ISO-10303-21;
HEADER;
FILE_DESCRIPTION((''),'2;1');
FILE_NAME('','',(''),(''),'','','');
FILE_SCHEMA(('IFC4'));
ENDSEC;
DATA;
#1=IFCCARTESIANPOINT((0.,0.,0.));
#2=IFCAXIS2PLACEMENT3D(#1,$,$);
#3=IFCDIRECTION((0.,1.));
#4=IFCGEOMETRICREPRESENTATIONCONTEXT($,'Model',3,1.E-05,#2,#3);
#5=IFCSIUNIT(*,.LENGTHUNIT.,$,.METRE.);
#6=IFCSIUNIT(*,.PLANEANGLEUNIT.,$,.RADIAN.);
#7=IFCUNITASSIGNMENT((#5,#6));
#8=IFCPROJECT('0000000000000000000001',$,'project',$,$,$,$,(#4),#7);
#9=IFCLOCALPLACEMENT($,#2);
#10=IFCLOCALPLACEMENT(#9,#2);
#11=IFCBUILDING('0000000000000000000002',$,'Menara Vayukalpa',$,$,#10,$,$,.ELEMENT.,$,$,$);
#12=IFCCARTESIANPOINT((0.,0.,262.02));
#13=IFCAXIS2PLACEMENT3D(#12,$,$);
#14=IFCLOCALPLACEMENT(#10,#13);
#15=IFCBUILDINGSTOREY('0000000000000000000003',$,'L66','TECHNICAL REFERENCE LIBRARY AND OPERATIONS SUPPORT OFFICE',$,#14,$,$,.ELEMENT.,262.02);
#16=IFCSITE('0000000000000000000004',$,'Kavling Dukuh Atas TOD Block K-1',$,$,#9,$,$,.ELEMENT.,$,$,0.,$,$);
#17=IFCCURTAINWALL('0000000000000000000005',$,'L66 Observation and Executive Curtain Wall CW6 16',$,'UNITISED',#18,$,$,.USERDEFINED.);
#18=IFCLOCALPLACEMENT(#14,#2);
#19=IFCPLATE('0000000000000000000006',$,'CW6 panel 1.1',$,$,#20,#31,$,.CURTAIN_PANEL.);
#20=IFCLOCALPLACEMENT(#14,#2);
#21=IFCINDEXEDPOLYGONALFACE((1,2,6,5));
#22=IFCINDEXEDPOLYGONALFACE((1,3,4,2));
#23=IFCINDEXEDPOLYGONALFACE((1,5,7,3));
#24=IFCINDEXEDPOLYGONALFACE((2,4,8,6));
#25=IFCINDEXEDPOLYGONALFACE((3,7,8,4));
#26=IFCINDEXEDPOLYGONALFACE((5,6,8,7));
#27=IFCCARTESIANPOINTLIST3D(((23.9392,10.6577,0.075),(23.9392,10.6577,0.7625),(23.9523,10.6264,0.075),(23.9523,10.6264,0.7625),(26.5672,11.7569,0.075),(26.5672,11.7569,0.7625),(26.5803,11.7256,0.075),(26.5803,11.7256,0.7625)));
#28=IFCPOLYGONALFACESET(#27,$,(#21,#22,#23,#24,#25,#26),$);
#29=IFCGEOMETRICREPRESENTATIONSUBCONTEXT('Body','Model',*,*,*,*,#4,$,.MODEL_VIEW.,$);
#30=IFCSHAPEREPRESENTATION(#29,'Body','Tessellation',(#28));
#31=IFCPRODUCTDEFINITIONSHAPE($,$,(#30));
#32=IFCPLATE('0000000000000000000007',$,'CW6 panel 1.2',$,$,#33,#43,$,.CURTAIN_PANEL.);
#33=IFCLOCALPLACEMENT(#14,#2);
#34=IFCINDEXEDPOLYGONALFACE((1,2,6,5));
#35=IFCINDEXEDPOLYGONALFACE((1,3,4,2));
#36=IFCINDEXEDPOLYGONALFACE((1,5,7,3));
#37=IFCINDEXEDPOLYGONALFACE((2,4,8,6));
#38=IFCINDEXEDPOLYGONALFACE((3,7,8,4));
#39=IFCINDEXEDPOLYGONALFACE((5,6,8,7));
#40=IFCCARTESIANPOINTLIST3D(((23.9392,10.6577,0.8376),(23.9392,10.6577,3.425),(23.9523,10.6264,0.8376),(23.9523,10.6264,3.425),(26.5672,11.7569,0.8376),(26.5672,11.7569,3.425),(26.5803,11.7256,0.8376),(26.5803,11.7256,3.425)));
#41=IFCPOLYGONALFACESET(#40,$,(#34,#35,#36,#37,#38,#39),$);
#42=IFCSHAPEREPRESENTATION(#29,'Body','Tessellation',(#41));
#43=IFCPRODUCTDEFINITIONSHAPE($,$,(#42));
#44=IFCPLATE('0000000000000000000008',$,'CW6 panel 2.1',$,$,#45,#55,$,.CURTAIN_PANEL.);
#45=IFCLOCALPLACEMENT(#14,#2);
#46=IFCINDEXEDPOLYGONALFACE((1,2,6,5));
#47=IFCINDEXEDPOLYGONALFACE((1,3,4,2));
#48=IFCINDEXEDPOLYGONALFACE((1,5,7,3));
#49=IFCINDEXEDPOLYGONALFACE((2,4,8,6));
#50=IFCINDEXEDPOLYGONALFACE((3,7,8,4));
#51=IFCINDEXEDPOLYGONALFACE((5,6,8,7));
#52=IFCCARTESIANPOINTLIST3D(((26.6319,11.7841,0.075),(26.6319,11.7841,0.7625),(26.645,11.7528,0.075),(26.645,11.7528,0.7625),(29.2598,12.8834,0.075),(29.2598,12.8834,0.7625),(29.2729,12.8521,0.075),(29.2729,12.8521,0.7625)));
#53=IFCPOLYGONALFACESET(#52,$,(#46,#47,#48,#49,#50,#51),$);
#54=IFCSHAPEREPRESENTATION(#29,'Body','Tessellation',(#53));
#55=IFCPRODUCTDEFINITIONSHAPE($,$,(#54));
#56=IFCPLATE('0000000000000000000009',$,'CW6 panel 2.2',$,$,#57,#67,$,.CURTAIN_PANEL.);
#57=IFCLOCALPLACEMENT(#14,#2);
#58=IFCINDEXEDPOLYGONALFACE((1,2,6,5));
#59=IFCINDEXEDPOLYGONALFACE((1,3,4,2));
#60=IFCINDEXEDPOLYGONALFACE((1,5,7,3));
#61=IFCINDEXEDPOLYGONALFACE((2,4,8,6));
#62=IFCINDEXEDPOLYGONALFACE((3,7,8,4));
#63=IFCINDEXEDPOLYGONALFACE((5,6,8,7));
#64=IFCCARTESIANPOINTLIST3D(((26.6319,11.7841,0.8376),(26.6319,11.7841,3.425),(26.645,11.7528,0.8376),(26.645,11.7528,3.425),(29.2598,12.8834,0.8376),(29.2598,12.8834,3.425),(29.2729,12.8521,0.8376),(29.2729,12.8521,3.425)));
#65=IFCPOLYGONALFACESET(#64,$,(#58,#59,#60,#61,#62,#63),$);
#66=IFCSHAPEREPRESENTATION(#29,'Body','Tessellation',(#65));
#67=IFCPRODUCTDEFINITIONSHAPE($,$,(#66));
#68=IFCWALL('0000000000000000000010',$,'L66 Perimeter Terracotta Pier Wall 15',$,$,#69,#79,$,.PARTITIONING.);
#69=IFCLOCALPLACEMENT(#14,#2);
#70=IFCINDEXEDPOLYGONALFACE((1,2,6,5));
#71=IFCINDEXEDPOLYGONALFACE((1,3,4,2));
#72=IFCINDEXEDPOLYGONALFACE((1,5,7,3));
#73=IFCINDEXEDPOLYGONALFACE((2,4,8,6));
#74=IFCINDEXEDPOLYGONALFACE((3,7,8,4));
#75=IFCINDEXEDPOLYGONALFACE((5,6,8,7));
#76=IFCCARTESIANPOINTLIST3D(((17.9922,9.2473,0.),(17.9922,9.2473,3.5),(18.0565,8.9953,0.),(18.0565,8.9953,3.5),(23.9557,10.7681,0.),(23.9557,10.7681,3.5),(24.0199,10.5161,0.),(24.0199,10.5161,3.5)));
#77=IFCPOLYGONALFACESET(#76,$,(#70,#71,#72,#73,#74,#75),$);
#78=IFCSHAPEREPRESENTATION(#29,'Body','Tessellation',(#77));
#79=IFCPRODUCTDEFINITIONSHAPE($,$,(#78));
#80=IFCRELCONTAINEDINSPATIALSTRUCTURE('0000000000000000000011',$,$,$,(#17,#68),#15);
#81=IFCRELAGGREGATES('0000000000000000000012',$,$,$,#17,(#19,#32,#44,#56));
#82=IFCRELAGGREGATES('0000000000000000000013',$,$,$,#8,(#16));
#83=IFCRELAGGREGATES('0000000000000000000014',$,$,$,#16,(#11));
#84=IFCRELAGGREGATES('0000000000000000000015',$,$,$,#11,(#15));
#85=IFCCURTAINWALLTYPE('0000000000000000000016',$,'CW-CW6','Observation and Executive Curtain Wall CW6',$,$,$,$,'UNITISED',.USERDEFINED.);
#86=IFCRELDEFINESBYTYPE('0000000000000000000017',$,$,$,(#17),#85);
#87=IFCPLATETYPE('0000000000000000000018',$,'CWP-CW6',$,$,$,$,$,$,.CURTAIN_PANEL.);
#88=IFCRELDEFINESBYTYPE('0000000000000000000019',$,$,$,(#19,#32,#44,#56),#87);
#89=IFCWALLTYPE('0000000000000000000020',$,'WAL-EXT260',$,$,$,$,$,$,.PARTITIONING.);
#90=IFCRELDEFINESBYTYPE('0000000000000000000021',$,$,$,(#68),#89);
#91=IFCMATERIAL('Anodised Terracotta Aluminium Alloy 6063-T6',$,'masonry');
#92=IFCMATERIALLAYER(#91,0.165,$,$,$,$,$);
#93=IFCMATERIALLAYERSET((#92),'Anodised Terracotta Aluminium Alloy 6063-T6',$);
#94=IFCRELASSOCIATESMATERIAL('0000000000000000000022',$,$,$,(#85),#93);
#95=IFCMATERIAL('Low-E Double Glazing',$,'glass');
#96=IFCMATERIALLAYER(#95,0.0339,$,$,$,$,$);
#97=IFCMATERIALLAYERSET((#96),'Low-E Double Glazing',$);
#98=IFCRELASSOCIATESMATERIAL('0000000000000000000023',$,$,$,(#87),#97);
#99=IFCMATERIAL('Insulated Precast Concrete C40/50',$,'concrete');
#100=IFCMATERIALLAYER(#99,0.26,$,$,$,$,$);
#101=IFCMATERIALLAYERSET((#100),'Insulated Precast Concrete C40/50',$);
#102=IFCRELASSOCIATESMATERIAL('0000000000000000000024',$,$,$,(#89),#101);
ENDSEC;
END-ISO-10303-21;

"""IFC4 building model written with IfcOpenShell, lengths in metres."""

from ifc_helpers import new_model, si_unit, direction, frame, frame_2d, origin, origin_2d, place, context, subcontext, project, spatial, rectangle, extrude, material, layer, layer_set, type_object, element, aggregate, save


model = new_model("IFC4")

# Units and contexts
model_context = context("Model", 3, precision=1e-05, world=origin(), true_north=direction((0.0, 1.0)))
body_context = subcontext(model_context, "Body", "Model", "MODEL_VIEW")
ifc_project = project(units=[si_unit("LENGTHUNIT", "METRE"), si_unit("PLANEANGLEUNIT", "RADIAN")], contexts=[model_context])

# Site, building, storey
site_placement = place(None, origin())
site = spatial("IfcSite", under=ifc_project, at=site_placement, Name="Kavling Dukuh Atas TOD Block K-1", CompositionType="ELEMENT", RefElevation=0.0)
building_placement = place(site_placement, origin())
building = spatial("IfcBuilding", under=site, at=building_placement, Name="Menara Vayukalpa", CompositionType="ELEMENT")
storey_placement = place(building_placement, frame((0.0, 0.0, 262.02)))
storey = spatial("IfcBuildingStorey", under=building, at=storey_placement, Name="L66", Description="TECHNICAL REFERENCE LIBRARY AND OPERATIONS SUPPORT OFFICE", CompositionType="ELEMENT", Elevation=262.02)

# Curtain wall, plates
ifc_material_1 = material(Name="Anodised Terracotta Aluminium Alloy 6063-T6", Category="masonry")
ifc_layer_1 = layer(ifc_material_1, 0.165)
ifc_layer_set_1 = layer_set([ifc_layer_1], Name="Anodised Terracotta Aluminium Alloy 6063-T6")
curtain_wall_type = type_object("IfcCurtainWallType", Name="CW-CW6", Description="Observation and Executive Curtain Wall CW6", ElementType="UNITISED", PredefinedType="USERDEFINED", material=ifc_layer_set_1)
curtain_wall_placement = place(storey_placement, origin())
curtain_wall = element("IfcCurtainWall", 1, at=curtain_wall_placement, inside=storey, type_object=curtain_wall_type, Name="L66 Observation and Executive Curtain Wall CW6 16", ObjectType="UNITISED", PredefinedType="USERDEFINED")
ifc_material_2 = material(Name="Low-E Double Glazing", Category="glass")
ifc_layer_2 = layer(ifc_material_2, 0.0339)
ifc_layer_set_2 = layer_set([ifc_layer_2], Name="Low-E Double Glazing")
plate_type = type_object("IfcPlateType", Name="CWP-CW6", PredefinedType="CURTAIN_PANEL", material=ifc_layer_set_2)
plate_1_placement = place(storey_placement, frame((25.2598, 11.1917, 0.075), z_axis=(0.0, 0.0, 1.0), x_axis=(0.922541, 0.3859, 0.0)))
plate_1 = element("IfcPlate", 2, at=plate_1_placement, type_object=plate_type, Name="CW6 panel 1.1", PredefinedType="CURTAIN_PANEL", context=body_context, shape_type="SweptSolid", body=[
    extrude(rectangle(XDim=2.8486, YDim=0.0339, at=origin_2d()), origin(), (0.0, 0.0, 1.0), 0.6875),
])
plate_2_placement = place(storey_placement, frame((25.2598, 11.1917, 0.8376), z_axis=(0.0, 0.0, 1.0), x_axis=(0.922541, 0.3859, 0.0)))
plate_2 = element("IfcPlate", 3, at=plate_2_placement, type_object=plate_type, Name="CW6 panel 1.2", PredefinedType="CURTAIN_PANEL", context=body_context, shape_type="SweptSolid", body=[
    extrude(rectangle(XDim=2.8486, YDim=0.0339, at=origin_2d()), origin(), (0.0, 0.0, 1.0), 2.5874),
])
plate_3_placement = place(storey_placement, frame((27.9524, 12.3181, 0.075), z_axis=(0.0, 0.0, 1.0), x_axis=(0.922541, 0.3859, 0.0)))
plate_3 = element("IfcPlate", 4, at=plate_3_placement, type_object=plate_type, Name="CW6 panel 2.1", PredefinedType="CURTAIN_PANEL", context=body_context, shape_type="SweptSolid", body=[
    extrude(rectangle(XDim=2.8486, YDim=0.0339, at=origin_2d()), origin(), (0.0, 0.0, 1.0), 0.6875),
])
plate_4_placement = place(storey_placement, frame((27.9524, 12.3181, 0.8376), z_axis=(0.0, 0.0, 1.0), x_axis=(0.922541, 0.3859, 0.0)))
plate_4 = element("IfcPlate", 5, at=plate_4_placement, type_object=plate_type, Name="CW6 panel 2.2", PredefinedType="CURTAIN_PANEL", context=body_context, shape_type="SweptSolid", body=[
    extrude(rectangle(XDim=2.8486, YDim=0.0339, at=origin_2d()), origin(), (0.0, 0.0, 1.0), 2.5874),
])
aggregate(curtain_wall, [plate_1, plate_2, plate_3, plate_4])

# Wall
ifc_material_3 = material(Name="Insulated Precast Concrete C40/50", Category="concrete")
ifc_layer_3 = layer(ifc_material_3, 0.26)
ifc_layer_set_3 = layer_set([ifc_layer_3], Name="Insulated Precast Concrete C40/50")
wall_type = type_object("IfcWallType", Name="WAL-EXT260", PredefinedType="PARTITIONING", material=ifc_layer_set_3)
wall_placement = place(storey_placement, frame((23.9878, 10.6421, 0.0), z_axis=(0.0, 0.0, 1.0), x_axis=(-0.968988, -0.247107, 0.0)))
element("IfcWall", 6, at=wall_placement, inside=storey, type_object=wall_type, Name="L66 Perimeter Terracotta Pier Wall 15", PredefinedType="PARTITIONING", context=body_context, shape_type="SweptSolid", body=[
    extrude(rectangle(XDim=6.1543, YDim=0.26, at=frame_2d((3.0771, 0.0))), origin(), (0.0, 0.0, 1.0), 3.5),
])

save(model, "model.ifc")
